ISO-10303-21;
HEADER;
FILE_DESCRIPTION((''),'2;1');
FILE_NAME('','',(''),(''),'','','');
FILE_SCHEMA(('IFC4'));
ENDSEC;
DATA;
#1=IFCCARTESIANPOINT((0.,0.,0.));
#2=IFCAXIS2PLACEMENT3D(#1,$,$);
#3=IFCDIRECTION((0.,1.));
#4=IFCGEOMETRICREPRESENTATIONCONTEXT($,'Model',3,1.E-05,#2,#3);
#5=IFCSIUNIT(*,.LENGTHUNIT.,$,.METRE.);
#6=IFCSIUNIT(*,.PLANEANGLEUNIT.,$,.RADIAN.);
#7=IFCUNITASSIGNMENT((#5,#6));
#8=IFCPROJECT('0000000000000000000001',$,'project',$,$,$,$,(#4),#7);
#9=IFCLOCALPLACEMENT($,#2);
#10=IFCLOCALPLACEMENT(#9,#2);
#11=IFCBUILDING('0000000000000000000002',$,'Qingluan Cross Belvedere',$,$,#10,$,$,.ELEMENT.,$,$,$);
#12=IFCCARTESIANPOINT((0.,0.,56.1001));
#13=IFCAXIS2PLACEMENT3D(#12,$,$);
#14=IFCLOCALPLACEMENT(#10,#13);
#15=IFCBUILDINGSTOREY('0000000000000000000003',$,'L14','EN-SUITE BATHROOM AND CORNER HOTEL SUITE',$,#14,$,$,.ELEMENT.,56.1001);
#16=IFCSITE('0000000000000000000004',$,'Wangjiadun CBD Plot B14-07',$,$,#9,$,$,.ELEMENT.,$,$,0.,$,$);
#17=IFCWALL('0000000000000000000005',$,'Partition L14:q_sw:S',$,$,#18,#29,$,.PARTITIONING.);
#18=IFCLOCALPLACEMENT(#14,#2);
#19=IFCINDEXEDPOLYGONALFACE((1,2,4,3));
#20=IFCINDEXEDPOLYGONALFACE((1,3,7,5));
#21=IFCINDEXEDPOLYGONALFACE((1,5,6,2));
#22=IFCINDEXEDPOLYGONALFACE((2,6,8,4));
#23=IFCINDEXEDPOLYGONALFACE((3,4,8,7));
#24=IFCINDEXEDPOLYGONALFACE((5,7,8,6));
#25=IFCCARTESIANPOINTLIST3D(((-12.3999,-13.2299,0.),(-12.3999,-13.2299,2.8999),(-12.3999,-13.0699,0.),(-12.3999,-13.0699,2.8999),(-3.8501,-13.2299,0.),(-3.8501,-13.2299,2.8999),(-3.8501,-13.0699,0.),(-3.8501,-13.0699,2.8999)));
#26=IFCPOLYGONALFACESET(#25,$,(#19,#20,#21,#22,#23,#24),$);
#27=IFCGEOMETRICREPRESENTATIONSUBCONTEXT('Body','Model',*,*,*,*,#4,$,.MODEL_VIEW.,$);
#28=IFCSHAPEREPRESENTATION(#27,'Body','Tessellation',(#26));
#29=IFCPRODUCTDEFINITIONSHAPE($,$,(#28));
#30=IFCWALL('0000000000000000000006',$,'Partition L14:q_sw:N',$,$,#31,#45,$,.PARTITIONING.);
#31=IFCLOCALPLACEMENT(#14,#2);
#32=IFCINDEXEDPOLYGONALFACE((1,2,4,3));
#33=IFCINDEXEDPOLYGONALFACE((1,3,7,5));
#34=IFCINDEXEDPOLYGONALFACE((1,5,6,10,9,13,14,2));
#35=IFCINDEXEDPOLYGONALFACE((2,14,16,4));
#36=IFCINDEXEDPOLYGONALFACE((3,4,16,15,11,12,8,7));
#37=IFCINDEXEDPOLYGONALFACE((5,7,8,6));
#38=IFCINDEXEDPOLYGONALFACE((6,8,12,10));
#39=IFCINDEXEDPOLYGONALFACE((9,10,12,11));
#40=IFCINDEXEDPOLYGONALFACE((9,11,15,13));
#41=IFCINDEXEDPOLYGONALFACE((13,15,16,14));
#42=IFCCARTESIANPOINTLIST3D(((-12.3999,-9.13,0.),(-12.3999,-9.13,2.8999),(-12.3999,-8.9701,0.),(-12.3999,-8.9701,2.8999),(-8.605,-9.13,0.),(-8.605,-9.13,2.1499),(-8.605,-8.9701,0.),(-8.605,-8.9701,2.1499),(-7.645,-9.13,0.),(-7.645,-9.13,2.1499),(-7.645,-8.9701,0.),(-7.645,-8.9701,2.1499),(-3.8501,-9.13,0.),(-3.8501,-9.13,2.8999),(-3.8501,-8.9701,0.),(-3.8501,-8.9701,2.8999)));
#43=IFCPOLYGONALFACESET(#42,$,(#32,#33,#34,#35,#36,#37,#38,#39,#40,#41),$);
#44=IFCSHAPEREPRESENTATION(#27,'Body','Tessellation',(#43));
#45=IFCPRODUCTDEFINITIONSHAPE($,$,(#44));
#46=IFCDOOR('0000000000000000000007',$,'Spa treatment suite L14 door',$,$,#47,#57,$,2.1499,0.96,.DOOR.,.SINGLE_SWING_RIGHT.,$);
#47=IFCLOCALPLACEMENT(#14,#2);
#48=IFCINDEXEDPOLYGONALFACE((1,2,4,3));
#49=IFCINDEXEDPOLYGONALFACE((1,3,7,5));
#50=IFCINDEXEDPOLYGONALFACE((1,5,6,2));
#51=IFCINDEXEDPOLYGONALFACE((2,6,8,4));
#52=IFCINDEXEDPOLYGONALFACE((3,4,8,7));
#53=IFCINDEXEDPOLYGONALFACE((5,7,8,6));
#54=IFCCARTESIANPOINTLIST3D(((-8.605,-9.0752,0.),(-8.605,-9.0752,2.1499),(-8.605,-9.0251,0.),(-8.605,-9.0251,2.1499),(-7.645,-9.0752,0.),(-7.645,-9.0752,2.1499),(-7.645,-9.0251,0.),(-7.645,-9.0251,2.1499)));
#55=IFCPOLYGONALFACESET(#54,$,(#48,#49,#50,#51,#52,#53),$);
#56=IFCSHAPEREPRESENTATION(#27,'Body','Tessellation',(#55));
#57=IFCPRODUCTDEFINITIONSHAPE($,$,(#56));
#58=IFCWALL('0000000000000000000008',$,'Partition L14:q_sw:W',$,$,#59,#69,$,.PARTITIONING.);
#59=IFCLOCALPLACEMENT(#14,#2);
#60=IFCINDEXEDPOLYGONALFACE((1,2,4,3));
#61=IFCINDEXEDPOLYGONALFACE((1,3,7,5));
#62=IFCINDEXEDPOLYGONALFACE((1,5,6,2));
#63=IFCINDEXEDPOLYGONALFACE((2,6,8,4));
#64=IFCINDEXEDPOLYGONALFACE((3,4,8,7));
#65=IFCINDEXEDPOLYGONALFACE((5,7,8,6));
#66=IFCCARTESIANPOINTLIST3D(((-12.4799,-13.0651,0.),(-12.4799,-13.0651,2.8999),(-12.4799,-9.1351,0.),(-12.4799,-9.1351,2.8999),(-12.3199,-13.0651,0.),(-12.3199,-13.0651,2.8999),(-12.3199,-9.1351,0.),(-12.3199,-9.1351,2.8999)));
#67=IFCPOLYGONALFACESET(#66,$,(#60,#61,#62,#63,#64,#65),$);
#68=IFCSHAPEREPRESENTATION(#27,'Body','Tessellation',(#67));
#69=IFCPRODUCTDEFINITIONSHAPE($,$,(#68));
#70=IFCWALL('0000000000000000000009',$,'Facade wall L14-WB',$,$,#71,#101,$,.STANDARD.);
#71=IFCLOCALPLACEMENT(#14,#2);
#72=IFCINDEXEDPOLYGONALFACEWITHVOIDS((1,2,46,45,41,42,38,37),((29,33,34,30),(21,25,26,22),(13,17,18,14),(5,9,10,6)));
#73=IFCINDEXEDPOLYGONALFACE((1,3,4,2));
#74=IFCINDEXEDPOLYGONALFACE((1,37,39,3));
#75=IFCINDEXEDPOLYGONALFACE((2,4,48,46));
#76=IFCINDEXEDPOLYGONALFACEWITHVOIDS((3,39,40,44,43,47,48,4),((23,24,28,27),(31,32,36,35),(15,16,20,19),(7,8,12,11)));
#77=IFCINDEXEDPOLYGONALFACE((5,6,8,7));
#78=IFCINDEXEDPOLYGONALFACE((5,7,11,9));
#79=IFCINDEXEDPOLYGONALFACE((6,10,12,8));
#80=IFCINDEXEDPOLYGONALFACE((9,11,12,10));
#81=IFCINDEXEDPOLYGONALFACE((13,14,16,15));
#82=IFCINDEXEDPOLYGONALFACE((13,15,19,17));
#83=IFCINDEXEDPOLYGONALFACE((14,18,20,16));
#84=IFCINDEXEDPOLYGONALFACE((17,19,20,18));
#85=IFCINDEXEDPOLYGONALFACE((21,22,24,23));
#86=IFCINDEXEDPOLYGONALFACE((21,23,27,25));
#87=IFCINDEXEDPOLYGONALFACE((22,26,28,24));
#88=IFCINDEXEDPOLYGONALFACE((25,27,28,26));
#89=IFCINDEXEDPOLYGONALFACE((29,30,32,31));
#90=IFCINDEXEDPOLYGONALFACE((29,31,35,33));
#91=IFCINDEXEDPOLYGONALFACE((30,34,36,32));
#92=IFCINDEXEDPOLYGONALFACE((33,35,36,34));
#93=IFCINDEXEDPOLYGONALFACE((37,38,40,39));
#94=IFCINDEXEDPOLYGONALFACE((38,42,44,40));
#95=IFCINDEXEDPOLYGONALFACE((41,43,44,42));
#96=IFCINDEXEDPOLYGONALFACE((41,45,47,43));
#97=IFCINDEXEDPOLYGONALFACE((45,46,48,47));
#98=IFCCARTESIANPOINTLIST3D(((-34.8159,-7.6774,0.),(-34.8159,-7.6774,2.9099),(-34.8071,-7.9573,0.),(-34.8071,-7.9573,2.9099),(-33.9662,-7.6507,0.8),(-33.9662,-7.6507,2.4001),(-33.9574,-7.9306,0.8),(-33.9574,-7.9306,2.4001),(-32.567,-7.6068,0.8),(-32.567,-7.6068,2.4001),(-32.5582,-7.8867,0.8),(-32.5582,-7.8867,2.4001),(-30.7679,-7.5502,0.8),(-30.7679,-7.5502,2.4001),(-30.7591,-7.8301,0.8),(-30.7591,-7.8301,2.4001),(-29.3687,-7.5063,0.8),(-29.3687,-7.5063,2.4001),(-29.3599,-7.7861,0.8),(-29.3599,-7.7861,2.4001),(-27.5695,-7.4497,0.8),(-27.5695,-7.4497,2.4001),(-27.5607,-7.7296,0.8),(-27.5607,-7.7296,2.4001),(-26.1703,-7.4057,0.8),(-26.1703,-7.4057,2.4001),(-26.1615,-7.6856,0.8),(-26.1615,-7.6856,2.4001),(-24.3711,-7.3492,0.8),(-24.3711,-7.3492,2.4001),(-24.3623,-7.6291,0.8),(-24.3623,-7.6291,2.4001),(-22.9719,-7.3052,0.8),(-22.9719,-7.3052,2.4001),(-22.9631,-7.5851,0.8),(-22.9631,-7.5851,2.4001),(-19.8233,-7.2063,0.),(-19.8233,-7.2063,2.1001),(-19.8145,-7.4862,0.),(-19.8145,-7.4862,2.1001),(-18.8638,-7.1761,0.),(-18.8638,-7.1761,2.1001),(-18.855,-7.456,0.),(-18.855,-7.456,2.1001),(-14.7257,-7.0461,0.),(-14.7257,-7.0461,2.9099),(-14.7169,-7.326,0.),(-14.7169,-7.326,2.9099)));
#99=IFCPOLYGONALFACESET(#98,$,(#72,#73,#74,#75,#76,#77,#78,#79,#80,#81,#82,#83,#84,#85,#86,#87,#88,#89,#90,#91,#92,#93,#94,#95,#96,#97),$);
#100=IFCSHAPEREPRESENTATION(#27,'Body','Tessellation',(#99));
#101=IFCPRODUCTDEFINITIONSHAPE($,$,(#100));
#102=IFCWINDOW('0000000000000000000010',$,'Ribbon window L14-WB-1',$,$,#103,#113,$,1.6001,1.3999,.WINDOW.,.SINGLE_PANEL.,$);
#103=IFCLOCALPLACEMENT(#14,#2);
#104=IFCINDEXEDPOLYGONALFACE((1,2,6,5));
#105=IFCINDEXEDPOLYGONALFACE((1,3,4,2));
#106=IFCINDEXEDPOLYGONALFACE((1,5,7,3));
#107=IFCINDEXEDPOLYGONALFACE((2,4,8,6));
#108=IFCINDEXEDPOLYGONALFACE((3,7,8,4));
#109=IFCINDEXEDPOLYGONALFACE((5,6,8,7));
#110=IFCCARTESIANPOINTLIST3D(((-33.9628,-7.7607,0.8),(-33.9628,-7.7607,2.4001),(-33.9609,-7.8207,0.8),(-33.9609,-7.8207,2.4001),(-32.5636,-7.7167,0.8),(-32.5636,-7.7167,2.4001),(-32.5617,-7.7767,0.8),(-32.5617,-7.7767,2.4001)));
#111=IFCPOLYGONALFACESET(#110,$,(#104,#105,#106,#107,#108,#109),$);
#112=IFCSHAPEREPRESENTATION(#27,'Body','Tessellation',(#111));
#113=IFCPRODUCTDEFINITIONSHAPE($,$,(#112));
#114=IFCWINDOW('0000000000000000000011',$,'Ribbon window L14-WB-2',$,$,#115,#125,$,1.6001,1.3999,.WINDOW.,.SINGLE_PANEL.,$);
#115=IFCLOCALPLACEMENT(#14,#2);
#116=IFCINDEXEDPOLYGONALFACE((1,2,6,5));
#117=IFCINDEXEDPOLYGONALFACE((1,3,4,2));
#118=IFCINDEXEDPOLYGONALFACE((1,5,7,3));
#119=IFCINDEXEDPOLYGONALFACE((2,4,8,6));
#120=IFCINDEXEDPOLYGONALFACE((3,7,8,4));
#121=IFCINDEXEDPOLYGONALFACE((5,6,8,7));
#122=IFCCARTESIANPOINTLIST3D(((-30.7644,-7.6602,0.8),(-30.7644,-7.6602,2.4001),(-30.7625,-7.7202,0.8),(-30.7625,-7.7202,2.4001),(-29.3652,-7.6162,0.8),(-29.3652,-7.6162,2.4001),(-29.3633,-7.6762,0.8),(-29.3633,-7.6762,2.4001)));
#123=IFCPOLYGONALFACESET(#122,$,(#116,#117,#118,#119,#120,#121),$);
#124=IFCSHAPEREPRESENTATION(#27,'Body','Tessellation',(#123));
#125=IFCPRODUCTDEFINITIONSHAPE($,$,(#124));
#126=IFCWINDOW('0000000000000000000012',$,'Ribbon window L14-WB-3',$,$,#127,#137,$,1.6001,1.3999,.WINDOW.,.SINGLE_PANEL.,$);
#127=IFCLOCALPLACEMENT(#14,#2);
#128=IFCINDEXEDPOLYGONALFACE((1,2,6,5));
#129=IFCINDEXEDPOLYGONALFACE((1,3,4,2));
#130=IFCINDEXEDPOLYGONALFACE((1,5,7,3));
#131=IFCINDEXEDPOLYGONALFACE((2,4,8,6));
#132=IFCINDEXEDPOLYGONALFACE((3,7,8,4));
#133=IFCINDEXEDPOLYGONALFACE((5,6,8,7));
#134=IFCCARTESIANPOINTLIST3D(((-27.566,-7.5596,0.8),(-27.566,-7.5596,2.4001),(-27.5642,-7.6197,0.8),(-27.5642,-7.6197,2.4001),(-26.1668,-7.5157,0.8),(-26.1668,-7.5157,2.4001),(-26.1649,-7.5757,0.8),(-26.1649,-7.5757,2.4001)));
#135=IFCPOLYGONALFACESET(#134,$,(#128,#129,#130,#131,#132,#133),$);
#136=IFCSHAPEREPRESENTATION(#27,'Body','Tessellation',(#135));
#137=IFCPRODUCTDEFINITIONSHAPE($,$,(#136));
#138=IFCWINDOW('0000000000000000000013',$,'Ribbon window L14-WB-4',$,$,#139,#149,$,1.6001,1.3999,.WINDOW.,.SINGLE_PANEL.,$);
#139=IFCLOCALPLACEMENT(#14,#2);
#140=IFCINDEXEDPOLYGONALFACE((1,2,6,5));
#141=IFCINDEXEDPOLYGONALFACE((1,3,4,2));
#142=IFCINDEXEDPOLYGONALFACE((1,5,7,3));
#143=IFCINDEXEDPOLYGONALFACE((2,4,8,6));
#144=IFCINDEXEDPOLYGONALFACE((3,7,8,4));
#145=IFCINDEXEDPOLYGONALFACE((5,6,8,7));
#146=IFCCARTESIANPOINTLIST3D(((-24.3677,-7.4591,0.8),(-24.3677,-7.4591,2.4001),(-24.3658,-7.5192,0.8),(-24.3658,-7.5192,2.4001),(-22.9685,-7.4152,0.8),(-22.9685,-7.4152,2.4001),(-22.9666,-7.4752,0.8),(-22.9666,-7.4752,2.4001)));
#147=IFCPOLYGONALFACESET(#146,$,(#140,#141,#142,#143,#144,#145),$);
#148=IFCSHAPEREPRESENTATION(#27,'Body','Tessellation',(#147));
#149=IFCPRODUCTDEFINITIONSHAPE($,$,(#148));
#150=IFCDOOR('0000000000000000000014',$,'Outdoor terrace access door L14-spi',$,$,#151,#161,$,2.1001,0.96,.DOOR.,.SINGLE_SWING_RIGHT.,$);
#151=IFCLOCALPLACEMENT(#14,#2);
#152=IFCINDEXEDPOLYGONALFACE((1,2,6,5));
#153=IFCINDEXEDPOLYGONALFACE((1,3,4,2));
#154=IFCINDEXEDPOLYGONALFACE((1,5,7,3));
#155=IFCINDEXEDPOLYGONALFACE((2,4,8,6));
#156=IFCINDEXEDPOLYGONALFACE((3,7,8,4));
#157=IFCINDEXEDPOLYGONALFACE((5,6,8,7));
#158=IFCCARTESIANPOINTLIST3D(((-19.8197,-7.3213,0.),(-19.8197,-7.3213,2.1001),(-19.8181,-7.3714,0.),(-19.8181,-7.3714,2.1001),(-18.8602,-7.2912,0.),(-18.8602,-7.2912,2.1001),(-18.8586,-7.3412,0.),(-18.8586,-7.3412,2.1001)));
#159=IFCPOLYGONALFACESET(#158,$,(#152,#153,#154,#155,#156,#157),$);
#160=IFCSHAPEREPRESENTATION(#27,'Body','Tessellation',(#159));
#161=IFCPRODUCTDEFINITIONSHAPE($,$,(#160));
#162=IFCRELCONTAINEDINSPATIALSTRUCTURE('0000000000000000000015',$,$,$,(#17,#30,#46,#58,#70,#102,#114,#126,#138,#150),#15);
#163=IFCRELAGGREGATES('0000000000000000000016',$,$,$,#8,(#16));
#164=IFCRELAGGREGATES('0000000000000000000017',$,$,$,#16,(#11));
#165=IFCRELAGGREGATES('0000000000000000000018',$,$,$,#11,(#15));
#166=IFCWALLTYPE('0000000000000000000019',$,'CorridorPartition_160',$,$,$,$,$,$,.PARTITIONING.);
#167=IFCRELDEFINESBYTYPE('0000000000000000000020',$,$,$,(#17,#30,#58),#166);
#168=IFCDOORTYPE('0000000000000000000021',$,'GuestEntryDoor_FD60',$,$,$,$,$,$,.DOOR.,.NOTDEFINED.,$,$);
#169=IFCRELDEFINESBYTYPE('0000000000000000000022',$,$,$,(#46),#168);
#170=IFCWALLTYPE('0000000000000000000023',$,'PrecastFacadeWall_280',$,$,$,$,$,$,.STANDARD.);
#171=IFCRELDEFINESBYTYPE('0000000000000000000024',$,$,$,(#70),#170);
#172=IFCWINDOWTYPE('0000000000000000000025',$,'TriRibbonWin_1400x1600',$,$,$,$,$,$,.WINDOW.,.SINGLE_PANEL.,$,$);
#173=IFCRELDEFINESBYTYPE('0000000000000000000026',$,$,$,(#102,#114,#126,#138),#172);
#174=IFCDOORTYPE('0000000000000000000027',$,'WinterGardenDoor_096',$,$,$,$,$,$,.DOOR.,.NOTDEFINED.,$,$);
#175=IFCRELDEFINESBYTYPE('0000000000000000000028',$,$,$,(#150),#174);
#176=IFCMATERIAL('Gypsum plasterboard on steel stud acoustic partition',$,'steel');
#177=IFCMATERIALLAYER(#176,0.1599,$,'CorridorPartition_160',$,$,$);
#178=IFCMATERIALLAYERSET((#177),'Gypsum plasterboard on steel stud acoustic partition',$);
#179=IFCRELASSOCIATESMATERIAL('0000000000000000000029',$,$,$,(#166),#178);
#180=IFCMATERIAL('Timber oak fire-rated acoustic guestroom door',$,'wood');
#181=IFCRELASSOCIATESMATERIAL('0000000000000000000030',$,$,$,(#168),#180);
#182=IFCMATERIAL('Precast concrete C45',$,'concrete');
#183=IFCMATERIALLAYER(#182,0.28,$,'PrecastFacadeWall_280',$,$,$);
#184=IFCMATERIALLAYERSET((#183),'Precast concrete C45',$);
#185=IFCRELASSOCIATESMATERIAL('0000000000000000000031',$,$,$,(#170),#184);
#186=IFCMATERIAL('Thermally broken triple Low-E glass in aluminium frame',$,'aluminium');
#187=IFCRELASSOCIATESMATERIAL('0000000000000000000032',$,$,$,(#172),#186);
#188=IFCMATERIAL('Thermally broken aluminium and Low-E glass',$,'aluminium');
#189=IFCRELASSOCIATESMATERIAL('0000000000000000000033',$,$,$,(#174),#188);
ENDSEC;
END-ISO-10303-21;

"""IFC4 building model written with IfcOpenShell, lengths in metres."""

from ifc_helpers import new_model, si_unit, direction, frame, frame_2d, origin, place, context, subcontext, project, spatial, rectangle, extrude, material, layer, layer_set, type_object, element, fill, save


model = new_model("IFC4")

# Units and contexts
model_context = context("Model", 3, precision=1e-05, world=origin(), true_north=direction((0.0, 1.0)))
body_context = subcontext(model_context, "Body", "Model", "MODEL_VIEW")
ifc_project = project(units=[si_unit("LENGTHUNIT", "METRE"), si_unit("PLANEANGLEUNIT", "RADIAN")], contexts=[model_context])

# Site, building, storey
site_placement = place(None, origin())
site = spatial("IfcSite", under=ifc_project, at=site_placement, Name="Wangjiadun CBD Plot B14-07", CompositionType="ELEMENT", RefElevation=0.0)
building_placement = place(site_placement, origin())
building = spatial("IfcBuilding", under=site, at=building_placement, Name="Qingluan Cross Belvedere", CompositionType="ELEMENT")
storey_placement = place(building_placement, frame((0.0, 0.0, 56.1001)))
storey = spatial("IfcBuildingStorey", under=building, at=storey_placement, Name="L14", Description="EN-SUITE BATHROOM AND CORNER HOTEL SUITE", CompositionType="ELEMENT", Elevation=56.1001)

# Wall
ifc_material_1 = material(Name="Gypsum plasterboard on steel stud acoustic partition", Category="steel")
ifc_layer_1 = layer(ifc_material_1, 0.1599, Name="CorridorPartition_160")
ifc_layer_set_1 = layer_set([ifc_layer_1], Name="Gypsum plasterboard on steel stud acoustic partition")
wall_type_1 = type_object("IfcWallType", Name="CorridorPartition_160", PredefinedType="PARTITIONING", material=ifc_layer_set_1)
wall_1_placement = place(storey_placement, frame((-12.3999, -13.1499, 0.0), z_axis=(0.0, 0.0, 1.0), x_axis=(1.0, 0.0, 0.0)))
element("IfcWall", 1, at=wall_1_placement, inside=storey, type_object=wall_type_1, Name="Partition L14:q_sw:S", PredefinedType="PARTITIONING", context=body_context, shape_type="SweptSolid", body=[
    extrude(rectangle(XDim=8.5498, YDim=0.1599, at=frame_2d((4.2749, 0.0))), origin(), (0.0, 0.0, 1.0), 2.8999),
])

# Wall, opening, door
wall_2_placement = place(storey_placement, frame((-12.3999, -9.05, 0.0), z_axis=(0.0, 0.0, 1.0), x_axis=(1.0, 0.0, 0.0)))
wall_2 = element("IfcWall", 2, at=wall_2_placement, inside=storey, type_object=wall_type_1, Name="Partition L14:q_sw:N", PredefinedType="PARTITIONING", context=body_context, shape_type="SweptSolid", body=[
    extrude(rectangle(XDim=8.5498, YDim=0.1599, at=frame_2d((4.2749, 0.0))), origin(), (0.0, 0.0, 1.0), 2.8999),
])
opening_1_placement = place(wall_2_placement, frame((3.7949, 0.0, 0.0)))
opening_1 = element("IfcOpeningElement", 3, at=opening_1_placement, cuts=wall_2, PredefinedType="OPENING", context=body_context, shape_type="SweptSolid", body=[
    extrude(rectangle(XDim=0.96, YDim=2.1499, at=frame_2d((0.48, 1.075))), frame((0.0, 0.0898, 0.0), z_axis=(0.0, -1.0, 0.0), x_axis=(1.0, 0.0, 0.0)), (0.0, 0.0, 1.0), 0.1799),
])
ifc_material_2 = material(Name="Timber oak fire-rated acoustic guestroom door", Category="wood")
door_type_1 = type_object("IfcDoorType", Name="GuestEntryDoor_FD60", OperationType="NOTDEFINED", PredefinedType="DOOR", material=ifc_material_2)
door_1_placement = place(opening_1_placement, origin())
door_1 = element("IfcDoor", 4, at=door_1_placement, inside=storey, type_object=door_type_1, Name="Spa treatment suite L14 door", OperationType="SINGLE_SWING_RIGHT", OverallHeight=2.1499, OverallWidth=0.96, PredefinedType="DOOR", context=body_context, shape_type="SweptSolid", body=[
    extrude(rectangle(XDim=0.96, YDim=2.1499, at=frame_2d((0.48, 1.075))), frame((0.0, 0.0249, 0.0), z_axis=(0.0, -1.0, 0.0), x_axis=(1.0, 0.0, 0.0)), (0.0, 0.0, 1.0), 0.05),
])
fill(opening_1, door_1)

# Wall
wall_3_placement = place(storey_placement, frame((-12.3999, -13.0649, 0.0), z_axis=(0.0, 0.0, 1.0), x_axis=(0.0, 1.0, 0.0)))
element("IfcWall", 5, at=wall_3_placement, inside=storey, type_object=wall_type_1, Name="Partition L14:q_sw:W", PredefinedType="PARTITIONING", context=body_context, shape_type="SweptSolid", body=[
    extrude(rectangle(XDim=3.9299, YDim=0.1599, at=frame_2d((1.9648, 0.0))), origin(), (0.0, 0.0, 1.0), 2.8999),
])

# Wall, openings, windows, door
ifc_material_3 = material(Name="Precast concrete C45", Category="concrete")
ifc_layer_2 = layer(ifc_material_3, 0.28, Name="PrecastFacadeWall_280")
ifc_layer_set_2 = layer_set([ifc_layer_2], Name="Precast concrete C45")
wall_type_2 = type_object("IfcWallType", Name="PrecastFacadeWall_280", PredefinedType="STANDARD", material=ifc_layer_set_2)
wall_4_placement = place(storey_placement, frame((-34.8115, -7.8174, 0.0), z_axis=(0.0, 0.0, 1.0), x_axis=(0.999507, 0.03141, 0.0)))
wall_4 = element("IfcWall", 6, at=wall_4_placement, inside=storey, type_object=wall_type_2, Name="Facade wall L14-WB", PredefinedType="STANDARD", context=body_context, shape_type="SweptSolid", body=[
    extrude(rectangle(XDim=20.1001, YDim=0.28, at=frame_2d((10.05, 0.0))), origin(), (0.0, 0.0, 1.0), 2.9099),
])
opening_2_placement = place(wall_4_placement, frame((0.8501, 0.0, 0.8)))
opening_2 = element("IfcOpeningElement", 7, at=opening_2_placement, cuts=wall_4, PredefinedType="OPENING", context=body_context, shape_type="SweptSolid", body=[
    extrude(rectangle(XDim=1.3999, YDim=1.6001, at=frame_2d((0.7, 0.8))), frame((0.0, 0.1499, 0.0), z_axis=(0.0, -1.0, 0.0), x_axis=(1.0, 0.0, 0.0)), (0.0, 0.0, 1.0), 0.3),
])
opening_3_placement = place(wall_4_placement, frame((4.05, 0.0, 0.8)))
opening_3 = element("IfcOpeningElement", 8, at=opening_3_placement, cuts=wall_4, PredefinedType="OPENING", context=body_context, shape_type="SweptSolid", body=[
    extrude(rectangle(XDim=1.3999, YDim=1.6001, at=frame_2d((0.7, 0.8))), frame((0.0, 0.1499, 0.0), z_axis=(0.0, -1.0, 0.0), x_axis=(1.0, 0.0, 0.0)), (0.0, 0.0, 1.0), 0.3),
])
opening_4_placement = place(wall_4_placement, frame((7.25, 0.0, 0.8)))
opening_4 = element("IfcOpeningElement", 9, at=opening_4_placement, cuts=wall_4, PredefinedType="OPENING", context=body_context, shape_type="SweptSolid", body=[
    extrude(rectangle(XDim=1.3999, YDim=1.6001, at=frame_2d((0.7, 0.8))), frame((0.0, 0.1499, 0.0), z_axis=(0.0, -1.0, 0.0), x_axis=(1.0, 0.0, 0.0)), (0.0, 0.0, 1.0), 0.3),
])
opening_5_placement = place(wall_4_placement, frame((10.45, 0.0, 0.8)))
opening_5 = element("IfcOpeningElement", 10, at=opening_5_placement, cuts=wall_4, PredefinedType="OPENING", context=body_context, shape_type="SweptSolid", body=[
    extrude(rectangle(XDim=1.3999, YDim=1.6001, at=frame_2d((0.7, 0.8))), frame((0.0, 0.1499, 0.0), z_axis=(0.0, -1.0, 0.0), x_axis=(1.0, 0.0, 0.0)), (0.0, 0.0, 1.0), 0.3),
])
opening_6_placement = place(wall_4_placement, frame((15.0, 0.0, 0.0)))
opening_6 = element("IfcOpeningElement", 11, at=opening_6_placement, cuts=wall_4, PredefinedType="OPENING", context=body_context, shape_type="SweptSolid", body=[
    extrude(rectangle(XDim=0.96, YDim=2.1001, at=frame_2d((0.48, 1.05))), frame((0.0, 0.1499, 0.0), z_axis=(0.0, -1.0, 0.0), x_axis=(1.0, 0.0, 0.0)), (0.0, 0.0, 1.0), 0.3),
])
ifc_material_4 = material(Name="Thermally broken triple Low-E glass in aluminium frame", Category="aluminium")
window_type = type_object("IfcWindowType", Name="TriRibbonWin_1400x1600", PartitioningType="SINGLE_PANEL", PredefinedType="WINDOW", material=ifc_material_4)
window_1_placement = place(opening_2_placement, origin())
window_1 = element("IfcWindow", 12, at=window_1_placement, inside=storey, type_object=window_type, Name="Ribbon window L14-WB-1", OverallHeight=1.6001, OverallWidth=1.3999, PartitioningType="SINGLE_PANEL", PredefinedType="WINDOW", context=body_context, shape_type="SweptSolid", body=[
    extrude(rectangle(XDim=1.3999, YDim=1.6001, at=frame_2d((0.7, 0.8))), frame((0.0, 0.03, 0.0), z_axis=(0.0, -1.0, 0.0), x_axis=(1.0, 0.0, 0.0)), (0.0, 0.0, 1.0), 0.0601),
])
fill(opening_2, window_1)
window_2_placement = place(opening_3_placement, origin())
window_2 = element("IfcWindow", 13, at=window_2_placement, inside=storey, type_object=window_type, Name="Ribbon window L14-WB-2", OverallHeight=1.6001, OverallWidth=1.3999, PartitioningType="SINGLE_PANEL", PredefinedType="WINDOW", context=body_context, shape_type="SweptSolid", body=[
    extrude(rectangle(XDim=1.3999, YDim=1.6001, at=frame_2d((0.7, 0.8))), frame((0.0, 0.03, 0.0), z_axis=(0.0, -1.0, 0.0), x_axis=(1.0, 0.0, 0.0)), (0.0, 0.0, 1.0), 0.0601),
])
fill(opening_3, window_2)
window_3_placement = place(opening_4_placement, origin())
window_3 = element("IfcWindow", 14, at=window_3_placement, inside=storey, type_object=window_type, Name="Ribbon window L14-WB-3", OverallHeight=1.6001, OverallWidth=1.3999, PartitioningType="SINGLE_PANEL", PredefinedType="WINDOW", context=body_context, shape_type="SweptSolid", body=[
    extrude(rectangle(XDim=1.3999, YDim=1.6001, at=frame_2d((0.7, 0.8))), frame((0.0, 0.03, 0.0), z_axis=(0.0, -1.0, 0.0), x_axis=(1.0, 0.0, 0.0)), (0.0, 0.0, 1.0), 0.0601),
])
fill(opening_4, window_3)
window_4_placement = place(opening_5_placement, origin())
window_4 = element("IfcWindow", 15, at=window_4_placement, inside=storey, type_object=window_type, Name="Ribbon window L14-WB-4", OverallHeight=1.6001, OverallWidth=1.3999, PartitioningType="SINGLE_PANEL", PredefinedType="WINDOW", context=body_context, shape_type="SweptSolid", body=[
    extrude(rectangle(XDim=1.3999, YDim=1.6001, at=frame_2d((0.7, 0.8))), frame((0.0, 0.03, 0.0), z_axis=(0.0, -1.0, 0.0), x_axis=(1.0, 0.0, 0.0)), (0.0, 0.0, 1.0), 0.0601),
])
fill(opening_5, window_4)
ifc_material_5 = material(Name="Thermally broken aluminium and Low-E glass", Category="aluminium")
door_type_2 = type_object("IfcDoorType", Name="WinterGardenDoor_096", OperationType="NOTDEFINED", PredefinedType="DOOR", material=ifc_material_5)
door_2_placement = place(opening_6_placement, origin())
door_2 = element("IfcDoor", 16, at=door_2_placement, inside=storey, type_object=door_type_2, Name="Outdoor terrace access door L14-spi", OperationType="SINGLE_SWING_RIGHT", OverallHeight=2.1001, OverallWidth=0.96, PredefinedType="DOOR", context=body_context, shape_type="SweptSolid", body=[
    extrude(rectangle(XDim=0.96, YDim=2.1001, at=frame_2d((0.48, 1.05))), frame((0.0, 0.0249, 0.0), z_axis=(0.0, -1.0, 0.0), x_axis=(1.0, 0.0, 0.0)), (0.0, 0.0, 1.0), 0.05),
])
fill(opening_6, door_2)

save(model, "model.ifc")
